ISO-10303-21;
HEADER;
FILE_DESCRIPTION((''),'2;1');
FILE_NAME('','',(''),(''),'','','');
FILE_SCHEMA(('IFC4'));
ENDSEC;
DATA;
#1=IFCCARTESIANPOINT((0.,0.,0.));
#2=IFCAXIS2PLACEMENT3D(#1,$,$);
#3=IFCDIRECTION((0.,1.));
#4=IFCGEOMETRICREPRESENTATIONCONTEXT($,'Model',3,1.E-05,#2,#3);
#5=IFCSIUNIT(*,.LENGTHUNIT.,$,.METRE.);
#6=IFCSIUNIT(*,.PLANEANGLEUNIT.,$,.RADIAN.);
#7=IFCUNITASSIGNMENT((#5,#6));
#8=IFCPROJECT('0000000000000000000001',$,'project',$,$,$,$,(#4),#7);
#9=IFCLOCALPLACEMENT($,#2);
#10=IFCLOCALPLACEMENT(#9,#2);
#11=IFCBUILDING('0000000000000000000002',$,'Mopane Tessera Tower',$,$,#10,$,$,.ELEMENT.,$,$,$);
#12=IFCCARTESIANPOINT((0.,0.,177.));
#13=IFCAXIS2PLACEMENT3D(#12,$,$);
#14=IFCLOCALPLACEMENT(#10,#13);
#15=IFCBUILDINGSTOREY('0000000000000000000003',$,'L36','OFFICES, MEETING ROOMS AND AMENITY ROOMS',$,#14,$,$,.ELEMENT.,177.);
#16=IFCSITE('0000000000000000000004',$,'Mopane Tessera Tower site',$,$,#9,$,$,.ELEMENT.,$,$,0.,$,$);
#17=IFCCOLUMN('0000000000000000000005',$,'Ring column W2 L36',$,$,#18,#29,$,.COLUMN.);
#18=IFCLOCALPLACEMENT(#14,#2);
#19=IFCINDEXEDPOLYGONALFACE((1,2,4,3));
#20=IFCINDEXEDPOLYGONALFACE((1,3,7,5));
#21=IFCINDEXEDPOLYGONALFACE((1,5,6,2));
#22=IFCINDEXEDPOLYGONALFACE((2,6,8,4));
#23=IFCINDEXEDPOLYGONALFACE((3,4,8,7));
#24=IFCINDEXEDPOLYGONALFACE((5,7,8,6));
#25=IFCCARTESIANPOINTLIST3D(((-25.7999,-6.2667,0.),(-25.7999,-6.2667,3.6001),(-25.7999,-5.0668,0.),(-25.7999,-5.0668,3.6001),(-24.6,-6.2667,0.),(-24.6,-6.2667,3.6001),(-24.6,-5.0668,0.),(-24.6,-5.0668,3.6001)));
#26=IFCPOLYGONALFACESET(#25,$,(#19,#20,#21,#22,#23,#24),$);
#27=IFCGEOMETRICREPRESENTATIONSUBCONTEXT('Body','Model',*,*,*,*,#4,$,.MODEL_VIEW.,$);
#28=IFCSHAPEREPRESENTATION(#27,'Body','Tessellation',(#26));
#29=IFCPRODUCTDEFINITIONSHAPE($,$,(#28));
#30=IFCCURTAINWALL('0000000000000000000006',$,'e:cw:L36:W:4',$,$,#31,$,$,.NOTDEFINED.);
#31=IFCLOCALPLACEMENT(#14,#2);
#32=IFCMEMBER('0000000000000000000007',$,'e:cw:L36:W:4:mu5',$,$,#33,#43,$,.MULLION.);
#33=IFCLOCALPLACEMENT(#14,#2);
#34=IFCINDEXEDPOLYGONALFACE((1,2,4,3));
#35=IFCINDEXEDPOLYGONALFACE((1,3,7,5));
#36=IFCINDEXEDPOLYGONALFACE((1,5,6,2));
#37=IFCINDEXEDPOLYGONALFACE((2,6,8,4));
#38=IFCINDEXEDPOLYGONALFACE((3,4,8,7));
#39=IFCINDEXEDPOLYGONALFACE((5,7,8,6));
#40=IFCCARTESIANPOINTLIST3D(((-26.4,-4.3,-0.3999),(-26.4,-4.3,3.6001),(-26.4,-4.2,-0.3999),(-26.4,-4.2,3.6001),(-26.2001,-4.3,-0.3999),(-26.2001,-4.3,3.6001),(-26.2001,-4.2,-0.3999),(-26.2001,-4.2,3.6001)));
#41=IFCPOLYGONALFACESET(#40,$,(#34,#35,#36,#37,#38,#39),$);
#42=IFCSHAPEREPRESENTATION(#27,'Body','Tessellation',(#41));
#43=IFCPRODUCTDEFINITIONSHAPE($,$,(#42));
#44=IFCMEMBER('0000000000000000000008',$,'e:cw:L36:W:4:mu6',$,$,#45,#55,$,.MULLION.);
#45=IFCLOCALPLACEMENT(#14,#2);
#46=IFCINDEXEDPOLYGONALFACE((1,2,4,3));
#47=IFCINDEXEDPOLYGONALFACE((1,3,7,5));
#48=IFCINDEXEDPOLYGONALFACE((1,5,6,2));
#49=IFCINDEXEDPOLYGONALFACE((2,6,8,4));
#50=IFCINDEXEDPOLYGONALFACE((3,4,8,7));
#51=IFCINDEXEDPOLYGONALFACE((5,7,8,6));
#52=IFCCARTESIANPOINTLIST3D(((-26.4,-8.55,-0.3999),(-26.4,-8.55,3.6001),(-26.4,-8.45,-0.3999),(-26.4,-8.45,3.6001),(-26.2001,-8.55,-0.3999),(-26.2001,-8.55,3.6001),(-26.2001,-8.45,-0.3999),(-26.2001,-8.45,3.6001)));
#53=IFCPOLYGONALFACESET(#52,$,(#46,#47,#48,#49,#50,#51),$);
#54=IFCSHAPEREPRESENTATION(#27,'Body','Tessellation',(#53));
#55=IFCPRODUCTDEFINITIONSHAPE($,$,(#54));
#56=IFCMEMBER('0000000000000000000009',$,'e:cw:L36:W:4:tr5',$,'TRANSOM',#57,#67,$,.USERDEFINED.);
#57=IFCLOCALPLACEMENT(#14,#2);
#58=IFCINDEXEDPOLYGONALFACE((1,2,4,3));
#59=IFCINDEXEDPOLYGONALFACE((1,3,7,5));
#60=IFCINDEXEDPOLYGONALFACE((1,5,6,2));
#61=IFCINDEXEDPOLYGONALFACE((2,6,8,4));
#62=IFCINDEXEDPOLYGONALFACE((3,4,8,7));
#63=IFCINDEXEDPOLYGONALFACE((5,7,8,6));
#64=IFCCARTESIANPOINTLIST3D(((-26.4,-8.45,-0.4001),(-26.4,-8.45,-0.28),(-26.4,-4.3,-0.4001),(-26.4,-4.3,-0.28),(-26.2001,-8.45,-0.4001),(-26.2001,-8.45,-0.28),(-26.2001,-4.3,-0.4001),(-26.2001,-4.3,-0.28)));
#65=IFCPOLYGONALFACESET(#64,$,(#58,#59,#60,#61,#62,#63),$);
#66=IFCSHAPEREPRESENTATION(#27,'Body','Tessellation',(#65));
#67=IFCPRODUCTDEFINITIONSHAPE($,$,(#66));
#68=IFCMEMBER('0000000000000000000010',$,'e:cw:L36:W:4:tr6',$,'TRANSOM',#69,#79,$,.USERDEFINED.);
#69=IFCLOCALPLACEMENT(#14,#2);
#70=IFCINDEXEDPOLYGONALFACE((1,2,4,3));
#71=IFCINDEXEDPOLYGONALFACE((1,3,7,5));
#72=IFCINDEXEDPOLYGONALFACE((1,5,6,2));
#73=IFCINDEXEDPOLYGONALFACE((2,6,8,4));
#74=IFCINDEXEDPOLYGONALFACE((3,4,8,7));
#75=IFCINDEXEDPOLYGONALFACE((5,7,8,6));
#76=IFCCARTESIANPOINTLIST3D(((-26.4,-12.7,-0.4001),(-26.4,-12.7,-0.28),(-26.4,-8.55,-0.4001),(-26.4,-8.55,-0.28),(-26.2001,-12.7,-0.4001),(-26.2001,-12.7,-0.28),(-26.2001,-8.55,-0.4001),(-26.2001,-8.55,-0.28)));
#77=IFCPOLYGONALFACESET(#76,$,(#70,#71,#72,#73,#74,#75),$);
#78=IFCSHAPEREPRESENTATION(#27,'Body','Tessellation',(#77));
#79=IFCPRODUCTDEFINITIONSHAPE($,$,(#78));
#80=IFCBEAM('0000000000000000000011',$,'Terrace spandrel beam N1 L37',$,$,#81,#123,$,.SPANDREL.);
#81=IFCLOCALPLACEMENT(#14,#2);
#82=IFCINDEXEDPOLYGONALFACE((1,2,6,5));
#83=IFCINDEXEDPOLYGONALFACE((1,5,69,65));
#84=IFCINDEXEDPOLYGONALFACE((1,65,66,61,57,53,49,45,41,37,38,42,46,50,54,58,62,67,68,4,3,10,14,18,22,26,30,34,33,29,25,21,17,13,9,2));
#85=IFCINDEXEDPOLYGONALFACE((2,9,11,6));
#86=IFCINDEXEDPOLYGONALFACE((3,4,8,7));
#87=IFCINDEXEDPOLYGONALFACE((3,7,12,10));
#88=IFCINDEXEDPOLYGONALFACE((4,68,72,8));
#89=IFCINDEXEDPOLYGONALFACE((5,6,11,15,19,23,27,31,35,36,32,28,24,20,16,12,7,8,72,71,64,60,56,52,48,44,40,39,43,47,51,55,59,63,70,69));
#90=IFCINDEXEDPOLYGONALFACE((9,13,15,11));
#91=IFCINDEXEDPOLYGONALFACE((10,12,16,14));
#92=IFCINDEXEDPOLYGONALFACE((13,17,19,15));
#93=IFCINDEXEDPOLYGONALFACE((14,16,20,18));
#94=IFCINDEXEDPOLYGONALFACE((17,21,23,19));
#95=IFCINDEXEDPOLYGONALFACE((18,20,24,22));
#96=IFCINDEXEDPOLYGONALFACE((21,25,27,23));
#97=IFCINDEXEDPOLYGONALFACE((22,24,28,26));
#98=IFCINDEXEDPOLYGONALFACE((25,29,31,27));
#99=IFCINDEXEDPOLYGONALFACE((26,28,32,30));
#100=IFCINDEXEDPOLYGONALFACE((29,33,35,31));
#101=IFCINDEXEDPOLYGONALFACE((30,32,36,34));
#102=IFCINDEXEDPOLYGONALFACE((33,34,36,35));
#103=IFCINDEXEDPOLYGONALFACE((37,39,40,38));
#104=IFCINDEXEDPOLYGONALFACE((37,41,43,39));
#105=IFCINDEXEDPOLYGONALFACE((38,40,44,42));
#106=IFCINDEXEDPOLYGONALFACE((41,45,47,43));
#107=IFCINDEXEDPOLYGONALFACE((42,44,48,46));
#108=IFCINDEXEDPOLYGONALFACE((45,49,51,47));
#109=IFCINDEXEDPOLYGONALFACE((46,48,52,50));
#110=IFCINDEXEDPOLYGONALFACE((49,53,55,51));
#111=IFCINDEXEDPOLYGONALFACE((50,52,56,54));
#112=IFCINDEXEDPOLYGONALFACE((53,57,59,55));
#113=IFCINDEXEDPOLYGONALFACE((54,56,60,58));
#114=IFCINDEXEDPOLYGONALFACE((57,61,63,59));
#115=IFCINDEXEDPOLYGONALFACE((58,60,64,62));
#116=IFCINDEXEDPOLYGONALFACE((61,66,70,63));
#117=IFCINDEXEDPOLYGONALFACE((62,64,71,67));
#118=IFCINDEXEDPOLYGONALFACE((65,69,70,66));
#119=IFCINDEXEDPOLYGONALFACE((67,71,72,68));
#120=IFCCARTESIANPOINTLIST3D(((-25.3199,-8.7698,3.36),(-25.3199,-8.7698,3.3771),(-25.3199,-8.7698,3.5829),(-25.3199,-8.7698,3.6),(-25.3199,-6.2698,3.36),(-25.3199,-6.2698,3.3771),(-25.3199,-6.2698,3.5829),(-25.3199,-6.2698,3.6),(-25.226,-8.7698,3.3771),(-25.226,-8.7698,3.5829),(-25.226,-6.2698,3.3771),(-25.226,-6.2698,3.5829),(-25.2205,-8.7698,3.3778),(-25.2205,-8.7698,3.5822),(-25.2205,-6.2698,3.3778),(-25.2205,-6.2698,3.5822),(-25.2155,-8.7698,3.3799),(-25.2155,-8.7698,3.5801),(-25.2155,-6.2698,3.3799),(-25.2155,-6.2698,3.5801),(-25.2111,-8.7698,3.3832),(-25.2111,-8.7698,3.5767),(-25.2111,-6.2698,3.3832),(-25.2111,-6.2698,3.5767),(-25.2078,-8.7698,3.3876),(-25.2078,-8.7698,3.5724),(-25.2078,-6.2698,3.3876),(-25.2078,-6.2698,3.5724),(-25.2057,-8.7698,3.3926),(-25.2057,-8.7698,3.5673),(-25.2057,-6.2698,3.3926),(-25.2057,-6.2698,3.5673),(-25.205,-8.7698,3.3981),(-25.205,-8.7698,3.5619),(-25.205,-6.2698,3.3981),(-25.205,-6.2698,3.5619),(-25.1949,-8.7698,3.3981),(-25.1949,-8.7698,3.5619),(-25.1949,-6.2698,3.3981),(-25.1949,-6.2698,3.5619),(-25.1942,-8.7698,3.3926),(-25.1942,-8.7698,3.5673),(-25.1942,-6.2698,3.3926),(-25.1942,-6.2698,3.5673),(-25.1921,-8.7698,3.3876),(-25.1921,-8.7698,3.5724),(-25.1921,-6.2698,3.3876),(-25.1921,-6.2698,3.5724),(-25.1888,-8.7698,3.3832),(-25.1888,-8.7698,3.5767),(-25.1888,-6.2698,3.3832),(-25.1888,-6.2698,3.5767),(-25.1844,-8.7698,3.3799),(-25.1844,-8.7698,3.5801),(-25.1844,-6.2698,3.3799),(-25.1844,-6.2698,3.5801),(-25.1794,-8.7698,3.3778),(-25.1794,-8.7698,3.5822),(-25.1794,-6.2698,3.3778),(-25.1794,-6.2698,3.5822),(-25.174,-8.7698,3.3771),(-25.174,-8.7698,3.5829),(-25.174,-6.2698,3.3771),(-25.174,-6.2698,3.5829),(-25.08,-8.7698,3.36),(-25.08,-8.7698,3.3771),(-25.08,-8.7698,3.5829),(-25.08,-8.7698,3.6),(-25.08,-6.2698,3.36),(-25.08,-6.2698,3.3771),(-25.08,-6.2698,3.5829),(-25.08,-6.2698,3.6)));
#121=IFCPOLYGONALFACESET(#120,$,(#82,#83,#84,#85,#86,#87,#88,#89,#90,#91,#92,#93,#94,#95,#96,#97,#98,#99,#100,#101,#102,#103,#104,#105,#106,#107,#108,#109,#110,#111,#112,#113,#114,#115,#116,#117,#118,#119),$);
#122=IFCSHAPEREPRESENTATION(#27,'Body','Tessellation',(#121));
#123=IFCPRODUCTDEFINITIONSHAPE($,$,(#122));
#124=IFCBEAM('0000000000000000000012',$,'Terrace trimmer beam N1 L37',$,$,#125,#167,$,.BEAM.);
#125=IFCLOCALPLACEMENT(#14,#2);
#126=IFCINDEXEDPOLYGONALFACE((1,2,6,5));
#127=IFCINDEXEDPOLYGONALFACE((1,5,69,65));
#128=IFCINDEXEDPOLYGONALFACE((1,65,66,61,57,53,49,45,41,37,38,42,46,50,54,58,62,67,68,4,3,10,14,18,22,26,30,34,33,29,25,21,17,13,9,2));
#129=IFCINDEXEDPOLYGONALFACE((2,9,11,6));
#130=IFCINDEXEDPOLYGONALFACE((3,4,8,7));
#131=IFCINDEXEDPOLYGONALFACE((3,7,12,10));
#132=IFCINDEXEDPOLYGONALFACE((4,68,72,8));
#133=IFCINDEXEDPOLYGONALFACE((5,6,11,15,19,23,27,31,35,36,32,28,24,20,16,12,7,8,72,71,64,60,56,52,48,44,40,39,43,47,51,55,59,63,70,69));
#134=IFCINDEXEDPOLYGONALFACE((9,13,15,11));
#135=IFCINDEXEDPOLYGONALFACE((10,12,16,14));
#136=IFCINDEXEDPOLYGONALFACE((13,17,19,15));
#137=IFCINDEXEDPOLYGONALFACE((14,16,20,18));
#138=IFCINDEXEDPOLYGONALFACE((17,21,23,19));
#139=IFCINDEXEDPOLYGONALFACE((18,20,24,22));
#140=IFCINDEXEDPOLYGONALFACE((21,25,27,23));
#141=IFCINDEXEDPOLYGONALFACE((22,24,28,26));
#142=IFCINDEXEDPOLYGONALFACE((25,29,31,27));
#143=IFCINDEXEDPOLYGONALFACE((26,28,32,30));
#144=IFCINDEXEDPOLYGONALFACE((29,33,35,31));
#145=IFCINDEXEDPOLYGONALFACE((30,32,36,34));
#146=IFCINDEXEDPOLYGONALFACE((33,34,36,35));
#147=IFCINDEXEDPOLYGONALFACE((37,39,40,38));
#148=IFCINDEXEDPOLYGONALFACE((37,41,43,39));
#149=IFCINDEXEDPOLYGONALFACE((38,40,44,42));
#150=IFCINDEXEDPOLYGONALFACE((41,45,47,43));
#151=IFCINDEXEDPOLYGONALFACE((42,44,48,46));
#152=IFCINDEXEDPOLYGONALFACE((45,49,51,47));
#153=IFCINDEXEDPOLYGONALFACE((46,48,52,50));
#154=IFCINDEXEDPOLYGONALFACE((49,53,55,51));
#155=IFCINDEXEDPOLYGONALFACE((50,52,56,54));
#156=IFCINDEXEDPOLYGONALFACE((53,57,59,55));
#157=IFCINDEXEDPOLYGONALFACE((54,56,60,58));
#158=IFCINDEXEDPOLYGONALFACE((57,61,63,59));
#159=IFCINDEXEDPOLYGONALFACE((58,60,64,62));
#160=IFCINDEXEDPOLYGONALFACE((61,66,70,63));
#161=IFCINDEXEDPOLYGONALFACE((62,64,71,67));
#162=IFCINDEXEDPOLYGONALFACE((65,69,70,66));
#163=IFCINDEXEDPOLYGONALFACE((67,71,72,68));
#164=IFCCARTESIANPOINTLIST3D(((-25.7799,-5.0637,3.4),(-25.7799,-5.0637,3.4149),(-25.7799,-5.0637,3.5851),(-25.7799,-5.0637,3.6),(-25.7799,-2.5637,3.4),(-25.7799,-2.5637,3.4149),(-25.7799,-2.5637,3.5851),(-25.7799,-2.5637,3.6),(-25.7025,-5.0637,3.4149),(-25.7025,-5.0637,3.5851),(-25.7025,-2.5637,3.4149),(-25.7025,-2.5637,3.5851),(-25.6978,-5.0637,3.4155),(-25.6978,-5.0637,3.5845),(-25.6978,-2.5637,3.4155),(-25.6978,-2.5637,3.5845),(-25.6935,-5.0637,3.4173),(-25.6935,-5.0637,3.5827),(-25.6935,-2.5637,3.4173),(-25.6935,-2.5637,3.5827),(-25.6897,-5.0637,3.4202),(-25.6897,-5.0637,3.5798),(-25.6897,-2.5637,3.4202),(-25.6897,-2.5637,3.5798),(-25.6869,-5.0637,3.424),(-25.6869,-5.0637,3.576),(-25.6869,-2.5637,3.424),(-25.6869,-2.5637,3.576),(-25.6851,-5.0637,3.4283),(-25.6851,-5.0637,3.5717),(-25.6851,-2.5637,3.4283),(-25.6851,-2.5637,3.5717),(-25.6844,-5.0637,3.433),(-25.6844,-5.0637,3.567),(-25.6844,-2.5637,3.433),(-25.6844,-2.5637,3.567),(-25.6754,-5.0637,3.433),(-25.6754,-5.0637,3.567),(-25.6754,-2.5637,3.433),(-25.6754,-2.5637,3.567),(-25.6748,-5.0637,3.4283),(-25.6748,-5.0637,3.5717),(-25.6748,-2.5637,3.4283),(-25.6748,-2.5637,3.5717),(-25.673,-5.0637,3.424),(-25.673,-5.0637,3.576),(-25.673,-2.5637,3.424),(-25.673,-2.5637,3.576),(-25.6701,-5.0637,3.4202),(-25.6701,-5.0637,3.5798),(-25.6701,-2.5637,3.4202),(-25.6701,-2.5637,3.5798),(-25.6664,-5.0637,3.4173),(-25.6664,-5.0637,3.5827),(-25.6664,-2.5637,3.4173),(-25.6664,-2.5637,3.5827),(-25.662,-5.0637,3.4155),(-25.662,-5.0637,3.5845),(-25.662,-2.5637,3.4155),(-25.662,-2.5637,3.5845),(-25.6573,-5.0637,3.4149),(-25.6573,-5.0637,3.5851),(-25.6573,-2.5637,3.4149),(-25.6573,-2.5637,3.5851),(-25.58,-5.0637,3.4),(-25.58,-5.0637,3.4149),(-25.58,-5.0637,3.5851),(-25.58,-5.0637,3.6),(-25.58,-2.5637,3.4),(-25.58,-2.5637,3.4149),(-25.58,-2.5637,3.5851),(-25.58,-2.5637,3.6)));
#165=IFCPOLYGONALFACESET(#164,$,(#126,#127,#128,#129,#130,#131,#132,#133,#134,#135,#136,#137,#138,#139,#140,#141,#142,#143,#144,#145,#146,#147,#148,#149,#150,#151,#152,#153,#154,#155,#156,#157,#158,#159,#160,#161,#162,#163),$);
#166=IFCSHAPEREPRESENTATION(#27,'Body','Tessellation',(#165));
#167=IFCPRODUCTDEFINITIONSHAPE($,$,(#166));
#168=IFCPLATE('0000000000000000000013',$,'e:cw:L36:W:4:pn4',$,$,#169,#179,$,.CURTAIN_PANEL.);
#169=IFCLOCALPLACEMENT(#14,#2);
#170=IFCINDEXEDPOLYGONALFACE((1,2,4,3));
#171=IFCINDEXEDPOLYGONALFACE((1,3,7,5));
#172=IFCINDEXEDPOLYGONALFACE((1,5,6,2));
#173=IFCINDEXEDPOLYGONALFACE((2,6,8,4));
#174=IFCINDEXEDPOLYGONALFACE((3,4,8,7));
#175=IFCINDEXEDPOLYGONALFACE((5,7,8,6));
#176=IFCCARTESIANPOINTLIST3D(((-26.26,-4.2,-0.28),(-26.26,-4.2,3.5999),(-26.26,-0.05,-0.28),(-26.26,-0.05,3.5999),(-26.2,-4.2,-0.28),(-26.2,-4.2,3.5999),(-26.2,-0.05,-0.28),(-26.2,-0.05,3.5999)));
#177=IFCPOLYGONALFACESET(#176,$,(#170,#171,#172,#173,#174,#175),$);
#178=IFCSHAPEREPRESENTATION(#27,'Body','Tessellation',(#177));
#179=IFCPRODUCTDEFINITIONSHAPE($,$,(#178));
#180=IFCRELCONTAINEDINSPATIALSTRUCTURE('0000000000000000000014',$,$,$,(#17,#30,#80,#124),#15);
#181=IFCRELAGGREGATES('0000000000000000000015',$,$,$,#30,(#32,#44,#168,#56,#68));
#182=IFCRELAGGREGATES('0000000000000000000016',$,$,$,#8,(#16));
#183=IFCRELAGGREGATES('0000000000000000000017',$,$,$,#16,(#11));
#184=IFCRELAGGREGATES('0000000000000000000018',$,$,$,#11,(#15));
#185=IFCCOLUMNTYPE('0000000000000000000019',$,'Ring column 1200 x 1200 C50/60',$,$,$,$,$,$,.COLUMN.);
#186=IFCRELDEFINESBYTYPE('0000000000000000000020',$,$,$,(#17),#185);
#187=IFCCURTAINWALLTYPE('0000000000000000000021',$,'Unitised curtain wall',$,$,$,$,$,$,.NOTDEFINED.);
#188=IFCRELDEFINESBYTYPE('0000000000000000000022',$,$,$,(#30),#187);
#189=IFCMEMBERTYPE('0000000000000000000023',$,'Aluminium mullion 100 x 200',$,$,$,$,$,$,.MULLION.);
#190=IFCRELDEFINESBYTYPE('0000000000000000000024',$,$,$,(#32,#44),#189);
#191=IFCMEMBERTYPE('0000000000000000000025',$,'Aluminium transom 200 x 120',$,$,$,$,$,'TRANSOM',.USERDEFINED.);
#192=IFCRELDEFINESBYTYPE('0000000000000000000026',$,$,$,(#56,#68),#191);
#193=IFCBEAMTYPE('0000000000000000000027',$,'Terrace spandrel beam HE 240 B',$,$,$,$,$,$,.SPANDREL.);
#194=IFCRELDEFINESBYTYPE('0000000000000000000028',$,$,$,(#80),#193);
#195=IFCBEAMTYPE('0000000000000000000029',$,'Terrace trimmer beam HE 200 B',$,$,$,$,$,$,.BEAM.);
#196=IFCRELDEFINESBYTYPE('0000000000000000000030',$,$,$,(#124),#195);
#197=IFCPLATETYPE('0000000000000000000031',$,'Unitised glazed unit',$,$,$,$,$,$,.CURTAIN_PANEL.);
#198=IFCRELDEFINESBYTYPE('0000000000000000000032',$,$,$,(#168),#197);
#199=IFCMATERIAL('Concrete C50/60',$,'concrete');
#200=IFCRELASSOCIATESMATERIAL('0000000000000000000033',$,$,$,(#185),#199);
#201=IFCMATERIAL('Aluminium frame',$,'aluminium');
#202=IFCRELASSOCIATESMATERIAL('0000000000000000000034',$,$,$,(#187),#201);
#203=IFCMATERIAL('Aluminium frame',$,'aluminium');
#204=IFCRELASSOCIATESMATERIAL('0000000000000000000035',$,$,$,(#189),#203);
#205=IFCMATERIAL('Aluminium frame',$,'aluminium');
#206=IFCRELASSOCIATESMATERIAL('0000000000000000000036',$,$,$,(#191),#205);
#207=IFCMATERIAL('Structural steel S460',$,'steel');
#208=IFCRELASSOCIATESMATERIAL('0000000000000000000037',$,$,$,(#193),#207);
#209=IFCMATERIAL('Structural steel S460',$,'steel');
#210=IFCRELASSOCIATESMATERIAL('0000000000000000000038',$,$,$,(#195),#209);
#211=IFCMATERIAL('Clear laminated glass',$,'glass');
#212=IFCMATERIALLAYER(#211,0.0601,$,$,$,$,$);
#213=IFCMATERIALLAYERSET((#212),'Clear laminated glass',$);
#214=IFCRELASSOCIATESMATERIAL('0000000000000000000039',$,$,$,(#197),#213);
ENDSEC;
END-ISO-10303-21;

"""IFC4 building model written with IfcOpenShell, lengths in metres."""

from ifc_helpers import new_model, si_unit, direction, frame, origin, origin_2d, place, context, subcontext, project, spatial, rectangle, i_section, extrude, material, layer, layer_set, material_profile, profile_set, type_object, element, aggregate, save


model = new_model("IFC4")

# Units and contexts
model_context = context("Model", 3, precision=1e-05, world=origin(), true_north=direction((0.0, 1.0)))
body_context = subcontext(model_context, "Body", "Model", "MODEL_VIEW")
ifc_project = project(units=[si_unit("LENGTHUNIT", "METRE"), si_unit("PLANEANGLEUNIT", "RADIAN")], contexts=[model_context])

# Site, building, storey
site_placement = place(None, origin())
site = spatial("IfcSite", under=ifc_project, at=site_placement, Name="Mopane Tessera Tower site", CompositionType="ELEMENT", RefElevation=0.0)
building_placement = place(site_placement, origin())
building = spatial("IfcBuilding", under=site, at=building_placement, Name="Mopane Tessera Tower", CompositionType="ELEMENT")
storey_placement = place(building_placement, frame((0.0, 0.0, 177.0)))
storey = spatial("IfcBuildingStorey", under=building, at=storey_placement, Name="L36", Description="OFFICES, MEETING ROOMS AND AMENITY ROOMS", CompositionType="ELEMENT", Elevation=177.0)

# Column
ifc_material_1 = material(Name="Concrete C50/60", Category="concrete")
ifc_material_profile_1 = material_profile(ifc_material_1, rectangle(XDim=1.2, YDim=1.2, at=origin_2d()))
ifc_profile_set_1 = profile_set([ifc_material_profile_1], Name="Concrete C50/60")
column_type = type_object("IfcColumnType", Name="Ring column 1200 x 1200 C50/60", PredefinedType="COLUMN", material=ifc_profile_set_1)
column_placement = place(storey_placement, frame((-25.2, -5.6667, 0.0), z_axis=(0.0, 0.0, 1.0), x_axis=(1.0, 0.0, 0.0)))
element("IfcColumn", 1, at=column_placement, inside=storey, type_object=column_type, Name="Ring column W2 L36", PredefinedType="COLUMN", context=body_context, shape_type="SweptSolid", body=[
    extrude(rectangle(XDim=1.2, YDim=1.2, at=origin_2d()), origin(), (0.0, 0.0, 1.0), 3.6001),
])

# Curtain wall, members
ifc_material_2 = material(Name="Aluminium frame", Category="aluminium")
curtain_wall_type = type_object("IfcCurtainWallType", Name="Unitised curtain wall", PredefinedType="NOTDEFINED", material=ifc_material_2)
curtain_wall_placement = place(storey_placement, origin())
curtain_wall = element("IfcCurtainWall", 2, at=curtain_wall_placement, inside=storey, type_object=curtain_wall_type, Name="e:cw:L36:W:4", PredefinedType="NOTDEFINED")
ifc_material_3 = material(Name="Aluminium frame", Category="aluminium")
ifc_material_profile_2 = material_profile(ifc_material_3, rectangle(XDim=0.1001, YDim=0.2, at=origin_2d()))
ifc_profile_set_2 = profile_set([ifc_material_profile_2], Name="Aluminium frame")
member_type_1 = type_object("IfcMemberType", Name="Aluminium mullion 100 x 200", PredefinedType="MULLION", material=ifc_profile_set_2)
member_1_placement = place(storey_placement, frame((-26.3, -4.25, -0.3999), z_axis=(0.0, 0.0, 1.0), x_axis=(0.0, -1.0, 0.0)))
member_1 = element("IfcMember", 3, at=member_1_placement, type_object=member_type_1, Name="e:cw:L36:W:4:mu5", PredefinedType="MULLION", context=body_context, shape_type="SweptSolid", body=[
    extrude(rectangle(XDim=0.1001, YDim=0.2, at=origin_2d()), origin(), (0.0, 0.0, 1.0), 4.0),
])
member_2_placement = place(storey_placement, frame((-26.3, -8.5, -0.3999), z_axis=(0.0, 0.0, 1.0), x_axis=(0.0, -1.0, 0.0)))
member_2 = element("IfcMember", 4, at=member_2_placement, type_object=member_type_1, Name="e:cw:L36:W:4:mu6", PredefinedType="MULLION", context=body_context, shape_type="SweptSolid", body=[
    extrude(rectangle(XDim=0.1001, YDim=0.2, at=origin_2d()), origin(), (0.0, 0.0, 1.0), 4.0),
])
ifc_material_4 = material(Name="Aluminium frame", Category="aluminium")
ifc_material_profile_3 = material_profile(ifc_material_4, rectangle(XDim=0.2, YDim=0.1201, at=origin_2d()))
ifc_profile_set_3 = profile_set([ifc_material_profile_3], Name="Aluminium frame")
member_type_2 = type_object("IfcMemberType", Name="Aluminium transom 200 x 120", ElementType="TRANSOM", PredefinedType="USERDEFINED", material=ifc_profile_set_3)
member_3_placement = place(storey_placement, frame((-26.3, -4.3, -0.3401), z_axis=(0.0, -1.0, 0.0), x_axis=(1.0, 0.0, 0.0)))
member_3 = element("IfcMember", 5, at=member_3_placement, type_object=member_type_2, Name="e:cw:L36:W:4:tr5", ObjectType="TRANSOM", PredefinedType="USERDEFINED", context=body_context, shape_type="SweptSolid", body=[
    extrude(rectangle(XDim=0.2, YDim=0.1201, at=origin_2d()), origin(), (0.0, 0.0, 1.0), 4.1499),
])
member_4_placement = place(storey_placement, frame((-26.3, -8.55, -0.3401), z_axis=(0.0, -1.0, 0.0), x_axis=(1.0, 0.0, 0.0)))
member_4 = element("IfcMember", 6, at=member_4_placement, type_object=member_type_2, Name="e:cw:L36:W:4:tr6", ObjectType="TRANSOM", PredefinedType="USERDEFINED", context=body_context, shape_type="SweptSolid", body=[
    extrude(rectangle(XDim=0.2, YDim=0.1201, at=origin_2d()), origin(), (0.0, 0.0, 1.0), 4.1499),
])

# Beams
ifc_material_5 = material(Name="Structural steel S460", Category="steel")
ifc_material_profile_4 = material_profile(ifc_material_5, i_section(OverallWidth=0.24, OverallDepth=0.24, WebThickness=0.01, FlangeThickness=0.0171, FilletRadius=0.021, at=origin_2d()))
ifc_profile_set_4 = profile_set([ifc_material_profile_4], Name="Structural steel S460")
beam_type_1 = type_object("IfcBeamType", Name="Terrace spandrel beam HE 240 B", PredefinedType="SPANDREL", material=ifc_profile_set_4)
beam_1_placement = place(storey_placement, frame((-25.2, -6.2698, 3.48), z_axis=(0.0, -1.0, 0.0), x_axis=(1.0, 0.0, 0.0)))
element("IfcBeam", 7, at=beam_1_placement, inside=storey, type_object=beam_type_1, Name="Terrace spandrel beam N1 L37", PredefinedType="SPANDREL", context=body_context, shape_type="SweptSolid", body=[
    extrude(i_section(OverallWidth=0.24, OverallDepth=0.24, WebThickness=0.01, FlangeThickness=0.0171, FilletRadius=0.021, at=origin_2d()), origin(), (0.0, 0.0, 1.0), 2.5),
])
ifc_material_6 = material(Name="Structural steel S460", Category="steel")
ifc_material_profile_5 = material_profile(ifc_material_6, i_section(OverallWidth=0.2, OverallDepth=0.2, WebThickness=0.009, FlangeThickness=0.0149, FilletRadius=0.0181, at=origin_2d()))
ifc_profile_set_5 = profile_set([ifc_material_profile_5], Name="Structural steel S460")
beam_type_2 = type_object("IfcBeamType", Name="Terrace trimmer beam HE 200 B", PredefinedType="BEAM", material=ifc_profile_set_5)
beam_2_placement = place(storey_placement, frame((-25.6799, -5.0637, 3.5), z_axis=(0.0, 1.0, 0.0), x_axis=(-1.0, 0.0, 0.0)))
element("IfcBeam", 8, at=beam_2_placement, inside=storey, type_object=beam_type_2, Name="Terrace trimmer beam N1 L37", PredefinedType="BEAM", context=body_context, shape_type="SweptSolid", body=[
    extrude(i_section(OverallWidth=0.2, OverallDepth=0.2, WebThickness=0.009, FlangeThickness=0.0149, FilletRadius=0.0181, at=origin_2d()), origin(), (0.0, 0.0, 1.0), 2.5),
])

# Plate
ifc_material_7 = material(Name="Clear laminated glass", Category="glass")
ifc_layer_1 = layer(ifc_material_7, 0.0601)
ifc_layer_set_1 = layer_set([ifc_layer_1], Name="Clear laminated glass")
plate_type = type_object("IfcPlateType", Name="Unitised glazed unit", PredefinedType="CURTAIN_PANEL", material=ifc_layer_set_1)
plate_1_placement = place(storey_placement, frame((-26.23, -2.125, -0.28), z_axis=(0.0, 0.0, 1.0), x_axis=(0.0, -1.0, 0.0)))
plate_1 = element("IfcPlate", 9, at=plate_1_placement, type_object=plate_type, Name="e:cw:L36:W:4:pn4", PredefinedType="CURTAIN_PANEL", context=body_context, shape_type="SweptSolid", body=[
    extrude(rectangle(XDim=4.1499, YDim=0.0601, at=origin_2d()), origin(), (0.0, 0.0, 1.0), 3.8799),
])
aggregate(curtain_wall, [member_1, member_2, plate_1, member_3, member_4])

save(model, "model.ifc")
